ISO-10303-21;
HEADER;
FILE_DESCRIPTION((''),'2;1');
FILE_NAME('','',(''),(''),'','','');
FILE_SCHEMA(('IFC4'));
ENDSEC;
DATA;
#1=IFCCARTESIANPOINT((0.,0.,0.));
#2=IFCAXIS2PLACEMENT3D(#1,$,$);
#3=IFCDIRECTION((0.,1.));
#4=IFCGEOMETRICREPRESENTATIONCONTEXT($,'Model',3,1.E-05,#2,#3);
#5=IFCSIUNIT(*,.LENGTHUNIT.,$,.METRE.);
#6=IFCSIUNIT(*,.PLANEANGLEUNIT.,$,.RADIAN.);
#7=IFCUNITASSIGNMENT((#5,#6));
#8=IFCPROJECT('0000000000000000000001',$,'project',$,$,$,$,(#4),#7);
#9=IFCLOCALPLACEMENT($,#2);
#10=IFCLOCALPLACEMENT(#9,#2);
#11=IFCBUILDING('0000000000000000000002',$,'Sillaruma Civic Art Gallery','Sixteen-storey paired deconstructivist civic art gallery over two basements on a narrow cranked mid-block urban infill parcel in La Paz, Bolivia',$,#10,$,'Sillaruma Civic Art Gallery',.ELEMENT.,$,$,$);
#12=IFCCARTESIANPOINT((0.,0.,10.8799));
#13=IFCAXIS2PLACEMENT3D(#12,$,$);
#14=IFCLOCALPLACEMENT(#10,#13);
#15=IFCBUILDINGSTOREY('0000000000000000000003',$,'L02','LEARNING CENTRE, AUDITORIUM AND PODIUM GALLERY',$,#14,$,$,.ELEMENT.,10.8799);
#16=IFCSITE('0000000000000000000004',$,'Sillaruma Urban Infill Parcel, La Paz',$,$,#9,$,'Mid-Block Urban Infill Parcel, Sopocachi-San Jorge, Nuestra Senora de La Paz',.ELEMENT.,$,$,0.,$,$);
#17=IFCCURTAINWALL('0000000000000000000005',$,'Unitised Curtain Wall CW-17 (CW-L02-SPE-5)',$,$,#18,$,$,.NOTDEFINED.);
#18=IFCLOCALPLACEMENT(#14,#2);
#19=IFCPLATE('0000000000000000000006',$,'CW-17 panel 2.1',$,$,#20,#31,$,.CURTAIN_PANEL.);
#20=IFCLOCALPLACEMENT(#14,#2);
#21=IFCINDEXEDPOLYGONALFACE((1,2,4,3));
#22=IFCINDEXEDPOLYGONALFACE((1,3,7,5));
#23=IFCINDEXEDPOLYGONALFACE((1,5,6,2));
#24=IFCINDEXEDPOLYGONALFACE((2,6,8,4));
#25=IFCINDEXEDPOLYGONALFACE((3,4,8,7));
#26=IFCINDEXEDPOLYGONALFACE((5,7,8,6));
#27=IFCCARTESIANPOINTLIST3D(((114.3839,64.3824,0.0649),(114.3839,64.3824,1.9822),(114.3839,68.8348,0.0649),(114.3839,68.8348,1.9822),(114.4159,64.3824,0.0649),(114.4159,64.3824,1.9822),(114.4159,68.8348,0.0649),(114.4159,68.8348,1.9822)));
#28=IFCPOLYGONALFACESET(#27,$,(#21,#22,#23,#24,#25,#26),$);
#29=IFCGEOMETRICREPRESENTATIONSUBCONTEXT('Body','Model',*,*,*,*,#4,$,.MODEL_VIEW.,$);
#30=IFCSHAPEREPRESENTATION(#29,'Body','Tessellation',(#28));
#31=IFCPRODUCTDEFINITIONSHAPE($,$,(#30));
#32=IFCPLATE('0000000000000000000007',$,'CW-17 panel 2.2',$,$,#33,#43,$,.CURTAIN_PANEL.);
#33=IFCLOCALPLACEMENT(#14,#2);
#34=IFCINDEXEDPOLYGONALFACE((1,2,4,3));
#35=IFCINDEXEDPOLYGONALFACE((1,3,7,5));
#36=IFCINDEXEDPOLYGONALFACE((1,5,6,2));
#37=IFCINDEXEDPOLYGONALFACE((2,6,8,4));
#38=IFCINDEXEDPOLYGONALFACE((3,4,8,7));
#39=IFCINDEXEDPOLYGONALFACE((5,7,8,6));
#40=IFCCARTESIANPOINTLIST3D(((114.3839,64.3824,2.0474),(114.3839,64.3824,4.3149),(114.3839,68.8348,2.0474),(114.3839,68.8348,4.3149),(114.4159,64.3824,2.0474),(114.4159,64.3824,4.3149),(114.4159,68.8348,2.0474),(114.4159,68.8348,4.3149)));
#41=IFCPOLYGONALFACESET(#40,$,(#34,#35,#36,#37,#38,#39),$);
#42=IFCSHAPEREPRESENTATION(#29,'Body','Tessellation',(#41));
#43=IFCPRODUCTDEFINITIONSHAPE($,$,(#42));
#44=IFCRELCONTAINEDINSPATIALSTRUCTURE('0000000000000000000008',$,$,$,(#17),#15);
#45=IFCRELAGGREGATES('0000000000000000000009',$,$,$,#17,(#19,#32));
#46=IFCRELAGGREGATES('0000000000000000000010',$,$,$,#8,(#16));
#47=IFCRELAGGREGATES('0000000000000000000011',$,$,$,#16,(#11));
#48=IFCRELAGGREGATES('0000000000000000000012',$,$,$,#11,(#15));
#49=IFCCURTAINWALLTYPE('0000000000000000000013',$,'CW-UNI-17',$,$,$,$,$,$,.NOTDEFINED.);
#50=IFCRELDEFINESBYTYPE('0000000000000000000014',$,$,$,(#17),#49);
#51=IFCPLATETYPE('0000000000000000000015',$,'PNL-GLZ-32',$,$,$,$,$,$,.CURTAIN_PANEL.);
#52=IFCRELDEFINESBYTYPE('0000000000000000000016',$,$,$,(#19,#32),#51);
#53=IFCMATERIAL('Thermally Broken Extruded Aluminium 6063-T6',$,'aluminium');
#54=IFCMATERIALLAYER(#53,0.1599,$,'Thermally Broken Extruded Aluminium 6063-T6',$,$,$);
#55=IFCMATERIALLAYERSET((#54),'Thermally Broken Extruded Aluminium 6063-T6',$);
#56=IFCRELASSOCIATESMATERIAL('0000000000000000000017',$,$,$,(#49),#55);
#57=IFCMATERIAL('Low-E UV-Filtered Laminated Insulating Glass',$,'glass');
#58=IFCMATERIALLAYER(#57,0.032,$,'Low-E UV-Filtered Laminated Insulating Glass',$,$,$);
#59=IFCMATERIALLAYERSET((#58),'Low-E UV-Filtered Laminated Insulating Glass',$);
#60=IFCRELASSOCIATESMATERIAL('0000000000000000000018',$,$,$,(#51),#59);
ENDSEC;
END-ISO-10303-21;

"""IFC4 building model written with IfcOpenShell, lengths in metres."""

from ifc_helpers import new_model, si_unit, direction, frame, origin, origin_2d, place, context, subcontext, project, spatial, rectangle, extrude, material, layer, layer_set, type_object, element, aggregate, save


model = new_model("IFC4")

# Units and contexts
model_context = context("Model", 3, precision=1e-05, world=origin(), true_north=direction((0.0, 1.0)))
body_context = subcontext(model_context, "Body", "Model", "MODEL_VIEW")
ifc_project = project(units=[si_unit("LENGTHUNIT", "METRE"), si_unit("PLANEANGLEUNIT", "RADIAN")], contexts=[model_context])

# Site, building, storey
site_placement = place(None, origin())
site = spatial("IfcSite", under=ifc_project, at=site_placement, Name="Sillaruma Urban Infill Parcel, La Paz", LongName="Mid-Block Urban Infill Parcel, Sopocachi-San Jorge, Nuestra Senora de La Paz", CompositionType="ELEMENT", RefElevation=0.0)
building_placement = place(site_placement, origin())
building = spatial("IfcBuilding", under=site, at=building_placement, Name="Sillaruma Civic Art Gallery", Description="Sixteen-storey paired deconstructivist civic art gallery over two basements on a narrow cranked mid-block urban infill parcel in La Paz, Bolivia", LongName="Sillaruma Civic Art Gallery", CompositionType="ELEMENT")
storey_placement = place(building_placement, frame((0.0, 0.0, 10.8799)))
storey = spatial("IfcBuildingStorey", under=building, at=storey_placement, Name="L02", Description="LEARNING CENTRE, AUDITORIUM AND PODIUM GALLERY", CompositionType="ELEMENT", Elevation=10.8799)

# Curtain wall
ifc_material_1 = material(Name="Thermally Broken Extruded Aluminium 6063-T6", Category="aluminium")
ifc_layer_1 = layer(ifc_material_1, 0.1599, Name="Thermally Broken Extruded Aluminium 6063-T6")
ifc_layer_set_1 = layer_set([ifc_layer_1], Name="Thermally Broken Extruded Aluminium 6063-T6")
curtain_wall_type_1 = type_object("IfcCurtainWallType", Name="CW-UNI-17", PredefinedType="NOTDEFINED", material=ifc_layer_set_1)
curtain_wall_1_placement = place(storey_placement, origin())
curtain_wall_1 = element("IfcCurtainWall", 1, at=curtain_wall_1_placement, inside=storey, type_object=curtain_wall_type_1, Name="Unitised Curtain Wall CW-17 (CW-L02-SPE-5)", PredefinedType="NOTDEFINED")

# Plates
ifc_material_2 = material(Name="Low-E UV-Filtered Laminated Insulating Glass", Category="glass")
ifc_layer_2 = layer(ifc_material_2, 0.032, Name="Low-E UV-Filtered Laminated Insulating Glass")
ifc_layer_set_2 = layer_set([ifc_layer_2], Name="Low-E UV-Filtered Laminated Insulating Glass")
plate_type_1 = type_object("IfcPlateType", Name="PNL-GLZ-32", PredefinedType="CURTAIN_PANEL", material=ifc_layer_set_2)
plate_1_placement = place(storey_placement, frame((114.3999, 66.6086, 0.0649), z_axis=(0.0, 0.0, 1.0), x_axis=(0.0, 1.0, 0.0)))
plate_1 = element("IfcPlate", 2, at=plate_1_placement, type_object=plate_type_1, Name="CW-17 panel 2.1", PredefinedType="CURTAIN_PANEL", context=body_context, shape_type="SweptSolid", body=[
    extrude(rectangle(XDim=4.4524, YDim=0.032, at=origin_2d()), origin(), (0.0, 0.0, 1.0), 1.9172),
])
plate_2_placement = place(storey_placement, frame((114.3999, 66.6086, 2.0474), z_axis=(0.0, 0.0, 1.0), x_axis=(0.0, 1.0, 0.0)))
plate_2 = element("IfcPlate", 3, at=plate_2_placement, type_object=plate_type_1, Name="CW-17 panel 2.2", PredefinedType="CURTAIN_PANEL", context=body_context, shape_type="SweptSolid", body=[
    extrude(rectangle(XDim=4.4524, YDim=0.032, at=origin_2d()), origin(), (0.0, 0.0, 1.0), 2.2676),
])
aggregate(curtain_wall_1, [plate_1, plate_2])

save(model, "model.ifc")
